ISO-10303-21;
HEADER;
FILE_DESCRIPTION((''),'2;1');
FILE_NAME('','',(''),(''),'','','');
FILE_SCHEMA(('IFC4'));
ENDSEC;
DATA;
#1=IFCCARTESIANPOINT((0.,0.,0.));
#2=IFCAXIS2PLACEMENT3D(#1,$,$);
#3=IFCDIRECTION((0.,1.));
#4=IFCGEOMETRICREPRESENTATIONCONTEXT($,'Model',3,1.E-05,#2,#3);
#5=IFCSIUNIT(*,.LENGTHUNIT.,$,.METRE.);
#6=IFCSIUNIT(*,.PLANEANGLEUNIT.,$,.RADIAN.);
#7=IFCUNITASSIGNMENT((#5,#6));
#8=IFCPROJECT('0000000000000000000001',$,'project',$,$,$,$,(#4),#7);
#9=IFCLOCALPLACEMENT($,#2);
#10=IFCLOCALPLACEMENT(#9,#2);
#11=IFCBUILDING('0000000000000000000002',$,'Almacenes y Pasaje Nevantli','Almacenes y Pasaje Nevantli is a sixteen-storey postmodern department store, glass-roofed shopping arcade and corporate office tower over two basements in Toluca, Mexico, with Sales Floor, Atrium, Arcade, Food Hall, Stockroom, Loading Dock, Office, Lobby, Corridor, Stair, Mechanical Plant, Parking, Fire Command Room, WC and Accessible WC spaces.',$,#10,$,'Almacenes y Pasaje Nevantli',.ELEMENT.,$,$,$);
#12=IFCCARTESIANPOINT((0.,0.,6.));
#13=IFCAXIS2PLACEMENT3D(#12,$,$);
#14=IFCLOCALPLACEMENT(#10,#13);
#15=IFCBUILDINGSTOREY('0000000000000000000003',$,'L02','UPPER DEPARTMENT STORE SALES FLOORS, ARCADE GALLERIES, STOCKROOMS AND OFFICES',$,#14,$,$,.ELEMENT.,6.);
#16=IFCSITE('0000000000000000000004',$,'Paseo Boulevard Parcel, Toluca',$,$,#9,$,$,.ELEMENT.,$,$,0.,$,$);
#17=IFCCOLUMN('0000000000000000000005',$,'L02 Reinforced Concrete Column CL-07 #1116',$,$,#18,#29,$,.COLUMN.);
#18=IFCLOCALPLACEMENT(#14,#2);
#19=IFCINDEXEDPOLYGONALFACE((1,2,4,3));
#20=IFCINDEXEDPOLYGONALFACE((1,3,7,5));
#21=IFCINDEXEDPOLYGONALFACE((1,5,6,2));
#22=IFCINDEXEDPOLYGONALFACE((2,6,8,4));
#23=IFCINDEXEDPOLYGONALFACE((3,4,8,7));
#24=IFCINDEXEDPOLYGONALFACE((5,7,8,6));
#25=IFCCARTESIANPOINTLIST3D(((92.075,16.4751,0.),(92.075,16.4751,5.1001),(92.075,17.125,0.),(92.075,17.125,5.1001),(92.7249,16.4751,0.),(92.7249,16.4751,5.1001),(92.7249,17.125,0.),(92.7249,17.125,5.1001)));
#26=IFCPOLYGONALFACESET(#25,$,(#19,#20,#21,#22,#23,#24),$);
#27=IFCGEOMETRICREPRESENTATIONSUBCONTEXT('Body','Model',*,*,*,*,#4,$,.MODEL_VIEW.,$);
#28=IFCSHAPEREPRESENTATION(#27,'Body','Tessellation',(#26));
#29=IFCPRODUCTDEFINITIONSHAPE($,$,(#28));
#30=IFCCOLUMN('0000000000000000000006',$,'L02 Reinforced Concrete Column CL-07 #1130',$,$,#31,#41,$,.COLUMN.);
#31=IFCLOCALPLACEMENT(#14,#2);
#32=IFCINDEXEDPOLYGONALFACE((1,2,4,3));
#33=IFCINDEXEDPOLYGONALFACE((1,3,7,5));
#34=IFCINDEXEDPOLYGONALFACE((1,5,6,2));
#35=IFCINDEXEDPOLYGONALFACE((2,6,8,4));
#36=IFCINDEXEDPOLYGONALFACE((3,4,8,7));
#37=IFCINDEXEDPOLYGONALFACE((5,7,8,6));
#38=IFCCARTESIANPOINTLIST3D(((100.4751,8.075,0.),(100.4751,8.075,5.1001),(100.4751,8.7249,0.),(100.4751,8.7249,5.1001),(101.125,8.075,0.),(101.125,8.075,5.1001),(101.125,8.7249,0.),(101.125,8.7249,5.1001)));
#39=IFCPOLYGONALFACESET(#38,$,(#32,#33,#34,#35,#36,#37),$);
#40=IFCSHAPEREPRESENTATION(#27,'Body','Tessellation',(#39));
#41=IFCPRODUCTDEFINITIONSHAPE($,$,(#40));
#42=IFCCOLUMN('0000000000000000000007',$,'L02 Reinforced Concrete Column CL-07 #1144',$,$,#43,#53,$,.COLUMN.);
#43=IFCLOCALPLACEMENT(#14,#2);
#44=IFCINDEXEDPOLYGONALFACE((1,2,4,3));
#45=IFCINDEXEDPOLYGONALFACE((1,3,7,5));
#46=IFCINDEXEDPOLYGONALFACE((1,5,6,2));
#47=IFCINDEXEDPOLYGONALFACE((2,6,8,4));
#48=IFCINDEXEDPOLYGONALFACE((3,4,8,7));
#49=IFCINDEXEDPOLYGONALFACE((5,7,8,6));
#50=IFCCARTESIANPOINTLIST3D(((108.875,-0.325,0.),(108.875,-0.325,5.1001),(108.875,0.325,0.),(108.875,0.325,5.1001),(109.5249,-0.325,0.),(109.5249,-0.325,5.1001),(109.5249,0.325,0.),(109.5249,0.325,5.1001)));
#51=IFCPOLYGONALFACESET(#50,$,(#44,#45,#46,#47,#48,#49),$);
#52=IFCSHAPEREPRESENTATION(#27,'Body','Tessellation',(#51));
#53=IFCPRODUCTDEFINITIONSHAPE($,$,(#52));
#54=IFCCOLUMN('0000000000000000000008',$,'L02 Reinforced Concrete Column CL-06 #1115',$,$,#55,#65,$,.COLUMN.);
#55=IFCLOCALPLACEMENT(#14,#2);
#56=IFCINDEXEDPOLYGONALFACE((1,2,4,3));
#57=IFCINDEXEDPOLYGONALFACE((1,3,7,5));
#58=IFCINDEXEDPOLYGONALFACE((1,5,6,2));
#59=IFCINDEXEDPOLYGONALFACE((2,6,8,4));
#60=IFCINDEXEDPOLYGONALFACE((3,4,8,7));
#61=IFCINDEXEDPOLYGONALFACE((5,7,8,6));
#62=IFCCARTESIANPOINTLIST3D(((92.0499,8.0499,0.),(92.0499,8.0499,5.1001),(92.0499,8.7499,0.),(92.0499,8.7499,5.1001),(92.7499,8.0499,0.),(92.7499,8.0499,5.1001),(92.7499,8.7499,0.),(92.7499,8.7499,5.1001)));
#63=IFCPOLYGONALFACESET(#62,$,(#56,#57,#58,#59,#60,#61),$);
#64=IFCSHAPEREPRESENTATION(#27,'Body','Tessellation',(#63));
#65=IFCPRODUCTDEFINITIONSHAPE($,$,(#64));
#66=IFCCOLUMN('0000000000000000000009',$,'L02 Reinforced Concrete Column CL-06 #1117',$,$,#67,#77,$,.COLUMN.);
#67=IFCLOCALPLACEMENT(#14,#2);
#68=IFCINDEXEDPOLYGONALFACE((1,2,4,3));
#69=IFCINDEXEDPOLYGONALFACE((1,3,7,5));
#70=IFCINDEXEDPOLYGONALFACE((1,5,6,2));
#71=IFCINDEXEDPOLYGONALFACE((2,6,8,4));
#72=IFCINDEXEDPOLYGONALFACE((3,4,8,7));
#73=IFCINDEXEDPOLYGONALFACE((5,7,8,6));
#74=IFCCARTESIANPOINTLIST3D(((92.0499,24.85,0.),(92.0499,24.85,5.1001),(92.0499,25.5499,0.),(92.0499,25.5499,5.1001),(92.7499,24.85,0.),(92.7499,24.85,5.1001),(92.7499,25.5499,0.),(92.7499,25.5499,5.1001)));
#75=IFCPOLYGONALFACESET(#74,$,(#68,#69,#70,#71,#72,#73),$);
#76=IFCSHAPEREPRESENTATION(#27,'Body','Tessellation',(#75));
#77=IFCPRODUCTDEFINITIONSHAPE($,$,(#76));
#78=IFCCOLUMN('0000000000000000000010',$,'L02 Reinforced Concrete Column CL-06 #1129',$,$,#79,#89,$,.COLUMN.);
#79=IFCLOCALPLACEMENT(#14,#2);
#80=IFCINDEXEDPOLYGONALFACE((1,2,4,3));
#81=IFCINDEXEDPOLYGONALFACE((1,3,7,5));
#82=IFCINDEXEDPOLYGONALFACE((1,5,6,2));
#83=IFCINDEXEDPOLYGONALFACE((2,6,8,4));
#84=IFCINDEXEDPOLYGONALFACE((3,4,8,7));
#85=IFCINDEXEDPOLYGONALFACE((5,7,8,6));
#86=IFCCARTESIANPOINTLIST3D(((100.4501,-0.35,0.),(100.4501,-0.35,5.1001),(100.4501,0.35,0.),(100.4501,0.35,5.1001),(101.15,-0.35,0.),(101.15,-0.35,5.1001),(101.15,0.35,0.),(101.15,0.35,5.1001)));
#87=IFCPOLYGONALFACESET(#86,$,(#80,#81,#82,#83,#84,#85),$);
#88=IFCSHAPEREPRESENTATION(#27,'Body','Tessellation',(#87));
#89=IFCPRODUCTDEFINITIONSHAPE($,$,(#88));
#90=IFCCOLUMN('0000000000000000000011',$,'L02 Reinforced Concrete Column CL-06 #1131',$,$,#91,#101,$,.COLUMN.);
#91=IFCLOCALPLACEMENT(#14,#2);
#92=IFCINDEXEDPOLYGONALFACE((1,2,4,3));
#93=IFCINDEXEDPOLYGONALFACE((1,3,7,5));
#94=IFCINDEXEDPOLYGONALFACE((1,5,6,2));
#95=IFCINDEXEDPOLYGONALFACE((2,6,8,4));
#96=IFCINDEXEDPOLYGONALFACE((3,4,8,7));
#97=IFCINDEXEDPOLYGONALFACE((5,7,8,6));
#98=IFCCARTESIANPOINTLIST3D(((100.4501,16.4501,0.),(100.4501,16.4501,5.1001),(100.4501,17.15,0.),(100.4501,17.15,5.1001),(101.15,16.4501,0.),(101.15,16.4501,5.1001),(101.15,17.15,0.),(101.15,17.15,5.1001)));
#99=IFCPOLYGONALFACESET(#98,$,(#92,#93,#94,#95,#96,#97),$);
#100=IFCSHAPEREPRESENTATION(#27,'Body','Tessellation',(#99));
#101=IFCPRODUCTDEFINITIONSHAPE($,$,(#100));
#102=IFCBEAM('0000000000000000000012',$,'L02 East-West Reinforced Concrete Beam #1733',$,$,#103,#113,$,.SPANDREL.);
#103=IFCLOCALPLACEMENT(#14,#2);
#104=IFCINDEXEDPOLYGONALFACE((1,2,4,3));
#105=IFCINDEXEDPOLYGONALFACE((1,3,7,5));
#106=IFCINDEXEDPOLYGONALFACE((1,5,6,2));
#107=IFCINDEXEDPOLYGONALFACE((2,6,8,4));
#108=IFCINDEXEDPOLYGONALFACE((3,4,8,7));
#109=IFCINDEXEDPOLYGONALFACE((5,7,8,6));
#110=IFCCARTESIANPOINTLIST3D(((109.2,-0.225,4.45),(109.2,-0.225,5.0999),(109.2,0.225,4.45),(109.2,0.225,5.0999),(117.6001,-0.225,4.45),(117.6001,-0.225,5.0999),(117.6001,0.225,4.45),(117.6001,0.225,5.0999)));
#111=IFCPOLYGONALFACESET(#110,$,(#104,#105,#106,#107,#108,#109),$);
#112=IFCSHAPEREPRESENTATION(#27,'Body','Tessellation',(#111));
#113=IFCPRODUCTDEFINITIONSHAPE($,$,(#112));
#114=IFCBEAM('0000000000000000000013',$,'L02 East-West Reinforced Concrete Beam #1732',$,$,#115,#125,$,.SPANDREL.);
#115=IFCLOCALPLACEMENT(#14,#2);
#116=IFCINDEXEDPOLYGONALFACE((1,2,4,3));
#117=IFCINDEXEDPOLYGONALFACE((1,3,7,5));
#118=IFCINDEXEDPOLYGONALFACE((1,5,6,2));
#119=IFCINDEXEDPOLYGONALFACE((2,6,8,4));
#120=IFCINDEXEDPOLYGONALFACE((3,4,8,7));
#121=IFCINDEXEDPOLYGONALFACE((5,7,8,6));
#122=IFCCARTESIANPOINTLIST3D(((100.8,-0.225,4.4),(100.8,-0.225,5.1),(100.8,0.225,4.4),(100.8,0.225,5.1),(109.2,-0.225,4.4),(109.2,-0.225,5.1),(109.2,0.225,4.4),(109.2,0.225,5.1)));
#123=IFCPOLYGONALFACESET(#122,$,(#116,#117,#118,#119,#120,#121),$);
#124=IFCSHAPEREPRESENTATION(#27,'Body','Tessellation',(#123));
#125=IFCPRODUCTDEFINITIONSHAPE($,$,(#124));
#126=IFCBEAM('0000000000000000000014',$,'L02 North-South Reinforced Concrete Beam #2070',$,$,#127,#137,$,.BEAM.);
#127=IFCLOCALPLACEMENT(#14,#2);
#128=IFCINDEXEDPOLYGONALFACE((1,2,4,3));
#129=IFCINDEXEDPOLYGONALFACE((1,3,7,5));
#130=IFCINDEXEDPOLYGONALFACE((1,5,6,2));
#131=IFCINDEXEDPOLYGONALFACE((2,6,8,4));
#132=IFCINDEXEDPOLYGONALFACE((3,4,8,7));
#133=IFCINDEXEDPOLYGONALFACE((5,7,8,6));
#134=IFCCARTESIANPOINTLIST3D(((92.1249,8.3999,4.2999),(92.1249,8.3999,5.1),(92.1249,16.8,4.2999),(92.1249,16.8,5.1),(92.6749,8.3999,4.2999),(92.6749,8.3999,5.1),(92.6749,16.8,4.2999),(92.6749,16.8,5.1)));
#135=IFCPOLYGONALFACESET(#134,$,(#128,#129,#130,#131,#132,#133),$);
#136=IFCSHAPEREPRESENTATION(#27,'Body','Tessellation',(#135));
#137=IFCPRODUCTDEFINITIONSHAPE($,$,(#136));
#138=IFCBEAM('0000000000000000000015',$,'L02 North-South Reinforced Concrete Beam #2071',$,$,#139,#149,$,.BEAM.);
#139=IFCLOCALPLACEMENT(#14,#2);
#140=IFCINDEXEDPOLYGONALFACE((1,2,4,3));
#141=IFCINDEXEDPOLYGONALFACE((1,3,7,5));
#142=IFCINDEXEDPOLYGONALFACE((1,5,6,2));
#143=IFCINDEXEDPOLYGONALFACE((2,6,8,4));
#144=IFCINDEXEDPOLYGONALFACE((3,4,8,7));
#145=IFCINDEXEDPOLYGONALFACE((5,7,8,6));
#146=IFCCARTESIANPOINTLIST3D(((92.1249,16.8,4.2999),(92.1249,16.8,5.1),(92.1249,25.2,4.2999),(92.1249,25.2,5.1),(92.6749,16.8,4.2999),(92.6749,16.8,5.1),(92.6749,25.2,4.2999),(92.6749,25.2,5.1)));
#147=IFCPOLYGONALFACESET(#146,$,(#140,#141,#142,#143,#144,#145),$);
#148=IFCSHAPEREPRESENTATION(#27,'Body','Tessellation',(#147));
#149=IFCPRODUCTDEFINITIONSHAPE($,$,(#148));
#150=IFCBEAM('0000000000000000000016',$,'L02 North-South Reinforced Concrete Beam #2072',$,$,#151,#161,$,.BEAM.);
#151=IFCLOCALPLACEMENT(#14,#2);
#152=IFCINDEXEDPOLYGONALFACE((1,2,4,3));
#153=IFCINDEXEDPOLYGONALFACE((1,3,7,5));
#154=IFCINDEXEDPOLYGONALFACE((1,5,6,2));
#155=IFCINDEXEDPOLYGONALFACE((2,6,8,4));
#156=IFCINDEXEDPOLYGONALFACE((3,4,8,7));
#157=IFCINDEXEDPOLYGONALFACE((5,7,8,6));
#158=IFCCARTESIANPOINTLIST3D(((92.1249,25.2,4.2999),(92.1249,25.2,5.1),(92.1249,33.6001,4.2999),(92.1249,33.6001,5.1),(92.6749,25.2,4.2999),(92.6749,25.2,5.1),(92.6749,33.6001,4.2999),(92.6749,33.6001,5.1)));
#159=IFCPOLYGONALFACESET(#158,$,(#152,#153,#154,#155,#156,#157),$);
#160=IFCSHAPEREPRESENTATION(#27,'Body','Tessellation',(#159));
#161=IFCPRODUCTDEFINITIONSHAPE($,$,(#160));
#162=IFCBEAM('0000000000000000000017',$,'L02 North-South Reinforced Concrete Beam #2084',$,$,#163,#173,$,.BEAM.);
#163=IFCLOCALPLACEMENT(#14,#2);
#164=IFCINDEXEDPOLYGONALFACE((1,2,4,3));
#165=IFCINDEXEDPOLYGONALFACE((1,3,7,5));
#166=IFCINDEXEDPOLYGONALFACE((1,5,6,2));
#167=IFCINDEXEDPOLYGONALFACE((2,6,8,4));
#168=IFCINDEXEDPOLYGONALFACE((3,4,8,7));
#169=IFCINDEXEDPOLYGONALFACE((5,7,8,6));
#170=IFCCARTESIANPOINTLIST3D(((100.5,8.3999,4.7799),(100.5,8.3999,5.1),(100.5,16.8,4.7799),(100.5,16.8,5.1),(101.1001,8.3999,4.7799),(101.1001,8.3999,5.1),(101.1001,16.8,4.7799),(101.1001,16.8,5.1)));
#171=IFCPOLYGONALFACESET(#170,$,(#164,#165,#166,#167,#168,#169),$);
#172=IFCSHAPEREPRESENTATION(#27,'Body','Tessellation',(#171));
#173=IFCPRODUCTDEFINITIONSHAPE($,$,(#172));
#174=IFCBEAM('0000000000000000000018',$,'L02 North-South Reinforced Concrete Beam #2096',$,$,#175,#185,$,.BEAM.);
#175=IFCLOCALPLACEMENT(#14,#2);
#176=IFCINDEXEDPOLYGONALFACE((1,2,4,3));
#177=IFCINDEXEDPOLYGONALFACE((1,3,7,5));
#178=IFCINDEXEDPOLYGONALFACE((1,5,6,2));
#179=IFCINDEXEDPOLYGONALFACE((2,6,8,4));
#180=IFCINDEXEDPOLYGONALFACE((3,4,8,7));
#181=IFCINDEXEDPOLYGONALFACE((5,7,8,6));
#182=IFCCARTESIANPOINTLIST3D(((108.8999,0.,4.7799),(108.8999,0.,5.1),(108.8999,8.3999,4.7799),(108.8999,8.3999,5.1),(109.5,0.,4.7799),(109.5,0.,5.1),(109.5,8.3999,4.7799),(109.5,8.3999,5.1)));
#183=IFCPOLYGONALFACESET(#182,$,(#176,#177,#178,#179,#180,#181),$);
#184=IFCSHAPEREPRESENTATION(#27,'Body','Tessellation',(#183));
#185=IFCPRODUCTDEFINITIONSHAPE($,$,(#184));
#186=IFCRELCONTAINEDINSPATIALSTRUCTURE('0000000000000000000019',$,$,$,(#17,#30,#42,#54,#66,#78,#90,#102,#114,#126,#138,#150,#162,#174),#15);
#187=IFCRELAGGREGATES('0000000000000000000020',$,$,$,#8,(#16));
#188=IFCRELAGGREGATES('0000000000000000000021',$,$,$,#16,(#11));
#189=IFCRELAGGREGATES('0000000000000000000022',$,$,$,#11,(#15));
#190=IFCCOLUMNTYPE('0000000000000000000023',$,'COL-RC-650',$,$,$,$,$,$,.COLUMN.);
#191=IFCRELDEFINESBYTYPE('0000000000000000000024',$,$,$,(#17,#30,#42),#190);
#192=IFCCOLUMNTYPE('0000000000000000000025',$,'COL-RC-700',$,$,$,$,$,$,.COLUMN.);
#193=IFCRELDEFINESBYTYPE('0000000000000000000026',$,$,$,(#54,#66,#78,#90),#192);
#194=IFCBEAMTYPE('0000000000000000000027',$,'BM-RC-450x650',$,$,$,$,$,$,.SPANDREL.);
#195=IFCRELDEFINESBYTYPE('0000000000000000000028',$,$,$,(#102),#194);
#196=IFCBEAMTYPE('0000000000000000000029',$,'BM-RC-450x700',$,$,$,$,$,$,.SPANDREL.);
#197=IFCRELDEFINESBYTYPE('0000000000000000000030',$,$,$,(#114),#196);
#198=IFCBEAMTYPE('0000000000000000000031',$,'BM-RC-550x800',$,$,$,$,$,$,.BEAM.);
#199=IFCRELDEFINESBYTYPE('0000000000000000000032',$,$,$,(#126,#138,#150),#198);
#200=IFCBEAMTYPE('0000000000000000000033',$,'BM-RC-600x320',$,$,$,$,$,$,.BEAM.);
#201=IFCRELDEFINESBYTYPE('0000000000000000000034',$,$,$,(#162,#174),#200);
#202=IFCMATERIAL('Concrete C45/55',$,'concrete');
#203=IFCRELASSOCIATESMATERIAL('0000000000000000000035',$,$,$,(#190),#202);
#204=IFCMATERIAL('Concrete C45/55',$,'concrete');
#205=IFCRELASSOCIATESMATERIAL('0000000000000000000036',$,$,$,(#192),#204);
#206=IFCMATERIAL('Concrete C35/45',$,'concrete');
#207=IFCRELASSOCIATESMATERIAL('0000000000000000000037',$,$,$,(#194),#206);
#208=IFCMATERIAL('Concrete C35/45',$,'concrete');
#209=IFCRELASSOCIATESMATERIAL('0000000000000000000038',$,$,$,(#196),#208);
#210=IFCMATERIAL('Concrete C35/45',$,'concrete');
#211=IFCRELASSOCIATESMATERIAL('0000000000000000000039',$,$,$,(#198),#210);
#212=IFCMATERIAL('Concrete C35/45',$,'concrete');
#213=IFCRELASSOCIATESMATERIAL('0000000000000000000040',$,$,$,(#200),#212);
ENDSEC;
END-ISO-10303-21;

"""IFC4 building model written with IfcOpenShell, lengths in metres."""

from ifc_helpers import new_model, si_unit, direction, frame, origin, origin_2d, place, context, subcontext, project, spatial, rectangle, extrude, material, material_profile, profile_set, type_object, element, save


model = new_model("IFC4")

# Units and contexts
model_context = context("Model", 3, precision=1e-05, world=origin(), true_north=direction((0.0, 1.0)))
body_context = subcontext(model_context, "Body", "Model", "MODEL_VIEW")
ifc_project = project(units=[si_unit("LENGTHUNIT", "METRE"), si_unit("PLANEANGLEUNIT", "RADIAN")], contexts=[model_context])

# Site, building, storey
site_placement = place(None, origin())
site = spatial("IfcSite", under=ifc_project, at=site_placement, Name="Paseo Boulevard Parcel, Toluca", CompositionType="ELEMENT", RefElevation=0.0)
building_placement = place(site_placement, origin())
building = spatial("IfcBuilding", under=site, at=building_placement, Name="Almacenes y Pasaje Nevantli", Description="Almacenes y Pasaje Nevantli is a sixteen-storey postmodern department store, glass-roofed shopping arcade and corporate office tower over two basements in Toluca, Mexico, with Sales Floor, Atrium, Arcade, Food Hall, Stockroom, Loading Dock, Office, Lobby, Corridor, Stair, Mechanical Plant, Parking, Fire Command Room, WC and Accessible WC spaces.", LongName="Almacenes y Pasaje Nevantli", CompositionType="ELEMENT")
storey_placement = place(building_placement, frame((0.0, 0.0, 6.0)))
storey = spatial("IfcBuildingStorey", under=building, at=storey_placement, Name="L02", Description="UPPER DEPARTMENT STORE SALES FLOORS, ARCADE GALLERIES, STOCKROOMS AND OFFICES", CompositionType="ELEMENT", Elevation=6.0)

# Columns
ifc_material_1 = material(Name="Concrete C45/55", Category="concrete")
ifc_material_profile_1 = material_profile(ifc_material_1, rectangle(XDim=0.6499, YDim=0.6499, at=origin_2d()), Name="RC-COL-650x650")
ifc_profile_set_1 = profile_set([ifc_material_profile_1], Name="Concrete C45/55")
column_type_1 = type_object("IfcColumnType", Name="COL-RC-650", PredefinedType="COLUMN", material=ifc_profile_set_1)
for number, where, z_axis, x_axis, name in (
    (1, (92.3999, 16.8, 0.0), (0.0, 0.0, 1.0), (1.0, 0.0, 0.0), "L02 Reinforced Concrete Column CL-07 #1116"),
    (2, (100.8, 8.3999, 0.0), (0.0, 0.0, 1.0), (1.0, 0.0, 0.0), "L02 Reinforced Concrete Column CL-07 #1130"),
    (3, (109.2, 0.0, 0.0), (0.0, 0.0, 1.0), (1.0, 0.0, 0.0), "L02 Reinforced Concrete Column CL-07 #1144"),
):
    element("IfcColumn", number, at=place(storey_placement, frame(where, z_axis=z_axis, x_axis=x_axis)), inside=storey, type_object=column_type_1, Name=name, PredefinedType="COLUMN", context=body_context, shape_type="SweptSolid", body=[
        extrude(rectangle(XDim=0.6499, YDim=0.6499, at=origin_2d()), origin(), (0.0, 0.0, 1.0), 5.1001),
    ])
ifc_material_2 = material(Name="Concrete C45/55", Category="concrete")
ifc_material_profile_2 = material_profile(ifc_material_2, rectangle(XDim=0.7, YDim=0.7, at=origin_2d()), Name="RC-COL-700x700")
ifc_profile_set_2 = profile_set([ifc_material_profile_2], Name="Concrete C45/55")
column_type_2 = type_object("IfcColumnType", Name="COL-RC-700", PredefinedType="COLUMN", material=ifc_profile_set_2)
for number, where, z_axis, x_axis, name in (
    (4, (92.3999, 8.3999, 0.0), (0.0, 0.0, 1.0), (1.0, 0.0, 0.0), "L02 Reinforced Concrete Column CL-06 #1115"),
    (5, (92.3999, 25.2, 0.0), (0.0, 0.0, 1.0), (1.0, 0.0, 0.0), "L02 Reinforced Concrete Column CL-06 #1117"),
    (6, (100.8, 0.0, 0.0), (0.0, 0.0, 1.0), (1.0, 0.0, 0.0), "L02 Reinforced Concrete Column CL-06 #1129"),
    (7, (100.8, 16.8, 0.0), (0.0, 0.0, 1.0), (1.0, 0.0, 0.0), "L02 Reinforced Concrete Column CL-06 #1131"),
):
    element("IfcColumn", number, at=place(storey_placement, frame(where, z_axis=z_axis, x_axis=x_axis)), inside=storey, type_object=column_type_2, Name=name, PredefinedType="COLUMN", context=body_context, shape_type="SweptSolid", body=[
        extrude(rectangle(XDim=0.7, YDim=0.7, at=origin_2d()), origin(), (0.0, 0.0, 1.0), 5.1001),
    ])

# Beams
ifc_material_3 = material(Name="Concrete C35/45", Category="concrete")
ifc_material_profile_3 = material_profile(ifc_material_3, rectangle(XDim=0.45, YDim=0.6499, at=origin_2d()), Name="RC-BM-450x650")
ifc_profile_set_3 = profile_set([ifc_material_profile_3], Name="Concrete C35/45")
beam_type_1 = type_object("IfcBeamType", Name="BM-RC-450x650", PredefinedType="SPANDREL", material=ifc_profile_set_3)
beam_1_placement = place(storey_placement, frame((109.2, 0.0, 4.7749), z_axis=(1.0, 0.0, 0.0), x_axis=(0.0, 1.0, 0.0)))
element("IfcBeam", 8, at=beam_1_placement, inside=storey, type_object=beam_type_1, Name="L02 East-West Reinforced Concrete Beam #1733", PredefinedType="SPANDREL", context=body_context, shape_type="SweptSolid", body=[
    extrude(rectangle(XDim=0.45, YDim=0.6499, at=origin_2d()), origin(), (0.0, 0.0, 1.0), 8.4001),
])
ifc_material_4 = material(Name="Concrete C35/45", Category="concrete")
ifc_material_profile_4 = material_profile(ifc_material_4, rectangle(XDim=0.45, YDim=0.7, at=origin_2d()), Name="RC-BM-450x700")
ifc_profile_set_4 = profile_set([ifc_material_profile_4], Name="Concrete C35/45")
beam_type_2 = type_object("IfcBeamType", Name="BM-RC-450x700", PredefinedType="SPANDREL", material=ifc_profile_set_4)
beam_2_placement = place(storey_placement, frame((100.8, 0.0, 4.75), z_axis=(1.0, 0.0, 0.0), x_axis=(0.0, 1.0, 0.0)))
element("IfcBeam", 9, at=beam_2_placement, inside=storey, type_object=beam_type_2, Name="L02 East-West Reinforced Concrete Beam #1732", PredefinedType="SPANDREL", context=body_context, shape_type="SweptSolid", body=[
    extrude(rectangle(XDim=0.45, YDim=0.7, at=origin_2d()), origin(), (0.0, 0.0, 1.0), 8.3999),
])
ifc_material_5 = material(Name="Concrete C35/45", Category="concrete")
ifc_material_profile_5 = material_profile(ifc_material_5, rectangle(XDim=0.55, YDim=0.8, at=origin_2d()), Name="RC-BM-550x800")
ifc_profile_set_5 = profile_set([ifc_material_profile_5], Name="Concrete C35/45")
beam_type_3 = type_object("IfcBeamType", Name="BM-RC-550x800", PredefinedType="BEAM", material=ifc_profile_set_5)
beam_3_placement = place(storey_placement, frame((92.3999, 8.3999, 4.7), z_axis=(0.0, 1.0, 0.0), x_axis=(-1.0, 0.0, 0.0)))
element("IfcBeam", 10, at=beam_3_placement, inside=storey, type_object=beam_type_3, Name="L02 North-South Reinforced Concrete Beam #2070", PredefinedType="BEAM", context=body_context, shape_type="SweptSolid", body=[
    extrude(rectangle(XDim=0.55, YDim=0.8, at=origin_2d()), origin(), (0.0, 0.0, 1.0), 8.4001),
])
beam_4_placement = place(storey_placement, frame((92.3999, 16.8, 4.7), z_axis=(0.0, 1.0, 0.0), x_axis=(-1.0, 0.0, 0.0)))
element("IfcBeam", 11, at=beam_4_placement, inside=storey, type_object=beam_type_3, Name="L02 North-South Reinforced Concrete Beam #2071", PredefinedType="BEAM", context=body_context, shape_type="SweptSolid", body=[
    extrude(rectangle(XDim=0.55, YDim=0.8, at=origin_2d()), origin(), (0.0, 0.0, 1.0), 8.3999),
])
beam_5_placement = place(storey_placement, frame((92.3999, 25.2, 4.7), z_axis=(0.0, 1.0, 0.0), x_axis=(-1.0, 0.0, 0.0)))
element("IfcBeam", 12, at=beam_5_placement, inside=storey, type_object=beam_type_3, Name="L02 North-South Reinforced Concrete Beam #2072", PredefinedType="BEAM", context=body_context, shape_type="SweptSolid", body=[
    extrude(rectangle(XDim=0.55, YDim=0.8, at=origin_2d()), origin(), (0.0, 0.0, 1.0), 8.4001),
])
ifc_material_6 = material(Name="Concrete C35/45", Category="concrete")
ifc_material_profile_6 = material_profile(ifc_material_6, rectangle(XDim=0.6001, YDim=0.3201, at=origin_2d()), Name="RC-BM-600x320")
ifc_profile_set_6 = profile_set([ifc_material_profile_6], Name="Concrete C35/45")
beam_type_4 = type_object("IfcBeamType", Name="BM-RC-600x320", PredefinedType="BEAM", material=ifc_profile_set_6)
beam_6_placement = place(storey_placement, frame((100.8, 8.3999, 4.9399), z_axis=(0.0, 1.0, 0.0), x_axis=(-1.0, 0.0, 0.0)))
element("IfcBeam", 13, at=beam_6_placement, inside=storey, type_object=beam_type_4, Name="L02 North-South Reinforced Concrete Beam #2084", PredefinedType="BEAM", context=body_context, shape_type="SweptSolid", body=[
    extrude(rectangle(XDim=0.6001, YDim=0.3201, at=origin_2d()), origin(), (0.0, 0.0, 1.0), 8.4001),
])
beam_7_placement = place(storey_placement, frame((109.2, 0.0, 4.9399), z_axis=(0.0, 1.0, 0.0), x_axis=(-1.0, 0.0, 0.0)))
element("IfcBeam", 14, at=beam_7_placement, inside=storey, type_object=beam_type_4, Name="L02 North-South Reinforced Concrete Beam #2096", PredefinedType="BEAM", context=body_context, shape_type="SweptSolid", body=[
    extrude(rectangle(XDim=0.6001, YDim=0.3201, at=origin_2d()), origin(), (0.0, 0.0, 1.0), 8.3999),
])

save(model, "model.ifc")
